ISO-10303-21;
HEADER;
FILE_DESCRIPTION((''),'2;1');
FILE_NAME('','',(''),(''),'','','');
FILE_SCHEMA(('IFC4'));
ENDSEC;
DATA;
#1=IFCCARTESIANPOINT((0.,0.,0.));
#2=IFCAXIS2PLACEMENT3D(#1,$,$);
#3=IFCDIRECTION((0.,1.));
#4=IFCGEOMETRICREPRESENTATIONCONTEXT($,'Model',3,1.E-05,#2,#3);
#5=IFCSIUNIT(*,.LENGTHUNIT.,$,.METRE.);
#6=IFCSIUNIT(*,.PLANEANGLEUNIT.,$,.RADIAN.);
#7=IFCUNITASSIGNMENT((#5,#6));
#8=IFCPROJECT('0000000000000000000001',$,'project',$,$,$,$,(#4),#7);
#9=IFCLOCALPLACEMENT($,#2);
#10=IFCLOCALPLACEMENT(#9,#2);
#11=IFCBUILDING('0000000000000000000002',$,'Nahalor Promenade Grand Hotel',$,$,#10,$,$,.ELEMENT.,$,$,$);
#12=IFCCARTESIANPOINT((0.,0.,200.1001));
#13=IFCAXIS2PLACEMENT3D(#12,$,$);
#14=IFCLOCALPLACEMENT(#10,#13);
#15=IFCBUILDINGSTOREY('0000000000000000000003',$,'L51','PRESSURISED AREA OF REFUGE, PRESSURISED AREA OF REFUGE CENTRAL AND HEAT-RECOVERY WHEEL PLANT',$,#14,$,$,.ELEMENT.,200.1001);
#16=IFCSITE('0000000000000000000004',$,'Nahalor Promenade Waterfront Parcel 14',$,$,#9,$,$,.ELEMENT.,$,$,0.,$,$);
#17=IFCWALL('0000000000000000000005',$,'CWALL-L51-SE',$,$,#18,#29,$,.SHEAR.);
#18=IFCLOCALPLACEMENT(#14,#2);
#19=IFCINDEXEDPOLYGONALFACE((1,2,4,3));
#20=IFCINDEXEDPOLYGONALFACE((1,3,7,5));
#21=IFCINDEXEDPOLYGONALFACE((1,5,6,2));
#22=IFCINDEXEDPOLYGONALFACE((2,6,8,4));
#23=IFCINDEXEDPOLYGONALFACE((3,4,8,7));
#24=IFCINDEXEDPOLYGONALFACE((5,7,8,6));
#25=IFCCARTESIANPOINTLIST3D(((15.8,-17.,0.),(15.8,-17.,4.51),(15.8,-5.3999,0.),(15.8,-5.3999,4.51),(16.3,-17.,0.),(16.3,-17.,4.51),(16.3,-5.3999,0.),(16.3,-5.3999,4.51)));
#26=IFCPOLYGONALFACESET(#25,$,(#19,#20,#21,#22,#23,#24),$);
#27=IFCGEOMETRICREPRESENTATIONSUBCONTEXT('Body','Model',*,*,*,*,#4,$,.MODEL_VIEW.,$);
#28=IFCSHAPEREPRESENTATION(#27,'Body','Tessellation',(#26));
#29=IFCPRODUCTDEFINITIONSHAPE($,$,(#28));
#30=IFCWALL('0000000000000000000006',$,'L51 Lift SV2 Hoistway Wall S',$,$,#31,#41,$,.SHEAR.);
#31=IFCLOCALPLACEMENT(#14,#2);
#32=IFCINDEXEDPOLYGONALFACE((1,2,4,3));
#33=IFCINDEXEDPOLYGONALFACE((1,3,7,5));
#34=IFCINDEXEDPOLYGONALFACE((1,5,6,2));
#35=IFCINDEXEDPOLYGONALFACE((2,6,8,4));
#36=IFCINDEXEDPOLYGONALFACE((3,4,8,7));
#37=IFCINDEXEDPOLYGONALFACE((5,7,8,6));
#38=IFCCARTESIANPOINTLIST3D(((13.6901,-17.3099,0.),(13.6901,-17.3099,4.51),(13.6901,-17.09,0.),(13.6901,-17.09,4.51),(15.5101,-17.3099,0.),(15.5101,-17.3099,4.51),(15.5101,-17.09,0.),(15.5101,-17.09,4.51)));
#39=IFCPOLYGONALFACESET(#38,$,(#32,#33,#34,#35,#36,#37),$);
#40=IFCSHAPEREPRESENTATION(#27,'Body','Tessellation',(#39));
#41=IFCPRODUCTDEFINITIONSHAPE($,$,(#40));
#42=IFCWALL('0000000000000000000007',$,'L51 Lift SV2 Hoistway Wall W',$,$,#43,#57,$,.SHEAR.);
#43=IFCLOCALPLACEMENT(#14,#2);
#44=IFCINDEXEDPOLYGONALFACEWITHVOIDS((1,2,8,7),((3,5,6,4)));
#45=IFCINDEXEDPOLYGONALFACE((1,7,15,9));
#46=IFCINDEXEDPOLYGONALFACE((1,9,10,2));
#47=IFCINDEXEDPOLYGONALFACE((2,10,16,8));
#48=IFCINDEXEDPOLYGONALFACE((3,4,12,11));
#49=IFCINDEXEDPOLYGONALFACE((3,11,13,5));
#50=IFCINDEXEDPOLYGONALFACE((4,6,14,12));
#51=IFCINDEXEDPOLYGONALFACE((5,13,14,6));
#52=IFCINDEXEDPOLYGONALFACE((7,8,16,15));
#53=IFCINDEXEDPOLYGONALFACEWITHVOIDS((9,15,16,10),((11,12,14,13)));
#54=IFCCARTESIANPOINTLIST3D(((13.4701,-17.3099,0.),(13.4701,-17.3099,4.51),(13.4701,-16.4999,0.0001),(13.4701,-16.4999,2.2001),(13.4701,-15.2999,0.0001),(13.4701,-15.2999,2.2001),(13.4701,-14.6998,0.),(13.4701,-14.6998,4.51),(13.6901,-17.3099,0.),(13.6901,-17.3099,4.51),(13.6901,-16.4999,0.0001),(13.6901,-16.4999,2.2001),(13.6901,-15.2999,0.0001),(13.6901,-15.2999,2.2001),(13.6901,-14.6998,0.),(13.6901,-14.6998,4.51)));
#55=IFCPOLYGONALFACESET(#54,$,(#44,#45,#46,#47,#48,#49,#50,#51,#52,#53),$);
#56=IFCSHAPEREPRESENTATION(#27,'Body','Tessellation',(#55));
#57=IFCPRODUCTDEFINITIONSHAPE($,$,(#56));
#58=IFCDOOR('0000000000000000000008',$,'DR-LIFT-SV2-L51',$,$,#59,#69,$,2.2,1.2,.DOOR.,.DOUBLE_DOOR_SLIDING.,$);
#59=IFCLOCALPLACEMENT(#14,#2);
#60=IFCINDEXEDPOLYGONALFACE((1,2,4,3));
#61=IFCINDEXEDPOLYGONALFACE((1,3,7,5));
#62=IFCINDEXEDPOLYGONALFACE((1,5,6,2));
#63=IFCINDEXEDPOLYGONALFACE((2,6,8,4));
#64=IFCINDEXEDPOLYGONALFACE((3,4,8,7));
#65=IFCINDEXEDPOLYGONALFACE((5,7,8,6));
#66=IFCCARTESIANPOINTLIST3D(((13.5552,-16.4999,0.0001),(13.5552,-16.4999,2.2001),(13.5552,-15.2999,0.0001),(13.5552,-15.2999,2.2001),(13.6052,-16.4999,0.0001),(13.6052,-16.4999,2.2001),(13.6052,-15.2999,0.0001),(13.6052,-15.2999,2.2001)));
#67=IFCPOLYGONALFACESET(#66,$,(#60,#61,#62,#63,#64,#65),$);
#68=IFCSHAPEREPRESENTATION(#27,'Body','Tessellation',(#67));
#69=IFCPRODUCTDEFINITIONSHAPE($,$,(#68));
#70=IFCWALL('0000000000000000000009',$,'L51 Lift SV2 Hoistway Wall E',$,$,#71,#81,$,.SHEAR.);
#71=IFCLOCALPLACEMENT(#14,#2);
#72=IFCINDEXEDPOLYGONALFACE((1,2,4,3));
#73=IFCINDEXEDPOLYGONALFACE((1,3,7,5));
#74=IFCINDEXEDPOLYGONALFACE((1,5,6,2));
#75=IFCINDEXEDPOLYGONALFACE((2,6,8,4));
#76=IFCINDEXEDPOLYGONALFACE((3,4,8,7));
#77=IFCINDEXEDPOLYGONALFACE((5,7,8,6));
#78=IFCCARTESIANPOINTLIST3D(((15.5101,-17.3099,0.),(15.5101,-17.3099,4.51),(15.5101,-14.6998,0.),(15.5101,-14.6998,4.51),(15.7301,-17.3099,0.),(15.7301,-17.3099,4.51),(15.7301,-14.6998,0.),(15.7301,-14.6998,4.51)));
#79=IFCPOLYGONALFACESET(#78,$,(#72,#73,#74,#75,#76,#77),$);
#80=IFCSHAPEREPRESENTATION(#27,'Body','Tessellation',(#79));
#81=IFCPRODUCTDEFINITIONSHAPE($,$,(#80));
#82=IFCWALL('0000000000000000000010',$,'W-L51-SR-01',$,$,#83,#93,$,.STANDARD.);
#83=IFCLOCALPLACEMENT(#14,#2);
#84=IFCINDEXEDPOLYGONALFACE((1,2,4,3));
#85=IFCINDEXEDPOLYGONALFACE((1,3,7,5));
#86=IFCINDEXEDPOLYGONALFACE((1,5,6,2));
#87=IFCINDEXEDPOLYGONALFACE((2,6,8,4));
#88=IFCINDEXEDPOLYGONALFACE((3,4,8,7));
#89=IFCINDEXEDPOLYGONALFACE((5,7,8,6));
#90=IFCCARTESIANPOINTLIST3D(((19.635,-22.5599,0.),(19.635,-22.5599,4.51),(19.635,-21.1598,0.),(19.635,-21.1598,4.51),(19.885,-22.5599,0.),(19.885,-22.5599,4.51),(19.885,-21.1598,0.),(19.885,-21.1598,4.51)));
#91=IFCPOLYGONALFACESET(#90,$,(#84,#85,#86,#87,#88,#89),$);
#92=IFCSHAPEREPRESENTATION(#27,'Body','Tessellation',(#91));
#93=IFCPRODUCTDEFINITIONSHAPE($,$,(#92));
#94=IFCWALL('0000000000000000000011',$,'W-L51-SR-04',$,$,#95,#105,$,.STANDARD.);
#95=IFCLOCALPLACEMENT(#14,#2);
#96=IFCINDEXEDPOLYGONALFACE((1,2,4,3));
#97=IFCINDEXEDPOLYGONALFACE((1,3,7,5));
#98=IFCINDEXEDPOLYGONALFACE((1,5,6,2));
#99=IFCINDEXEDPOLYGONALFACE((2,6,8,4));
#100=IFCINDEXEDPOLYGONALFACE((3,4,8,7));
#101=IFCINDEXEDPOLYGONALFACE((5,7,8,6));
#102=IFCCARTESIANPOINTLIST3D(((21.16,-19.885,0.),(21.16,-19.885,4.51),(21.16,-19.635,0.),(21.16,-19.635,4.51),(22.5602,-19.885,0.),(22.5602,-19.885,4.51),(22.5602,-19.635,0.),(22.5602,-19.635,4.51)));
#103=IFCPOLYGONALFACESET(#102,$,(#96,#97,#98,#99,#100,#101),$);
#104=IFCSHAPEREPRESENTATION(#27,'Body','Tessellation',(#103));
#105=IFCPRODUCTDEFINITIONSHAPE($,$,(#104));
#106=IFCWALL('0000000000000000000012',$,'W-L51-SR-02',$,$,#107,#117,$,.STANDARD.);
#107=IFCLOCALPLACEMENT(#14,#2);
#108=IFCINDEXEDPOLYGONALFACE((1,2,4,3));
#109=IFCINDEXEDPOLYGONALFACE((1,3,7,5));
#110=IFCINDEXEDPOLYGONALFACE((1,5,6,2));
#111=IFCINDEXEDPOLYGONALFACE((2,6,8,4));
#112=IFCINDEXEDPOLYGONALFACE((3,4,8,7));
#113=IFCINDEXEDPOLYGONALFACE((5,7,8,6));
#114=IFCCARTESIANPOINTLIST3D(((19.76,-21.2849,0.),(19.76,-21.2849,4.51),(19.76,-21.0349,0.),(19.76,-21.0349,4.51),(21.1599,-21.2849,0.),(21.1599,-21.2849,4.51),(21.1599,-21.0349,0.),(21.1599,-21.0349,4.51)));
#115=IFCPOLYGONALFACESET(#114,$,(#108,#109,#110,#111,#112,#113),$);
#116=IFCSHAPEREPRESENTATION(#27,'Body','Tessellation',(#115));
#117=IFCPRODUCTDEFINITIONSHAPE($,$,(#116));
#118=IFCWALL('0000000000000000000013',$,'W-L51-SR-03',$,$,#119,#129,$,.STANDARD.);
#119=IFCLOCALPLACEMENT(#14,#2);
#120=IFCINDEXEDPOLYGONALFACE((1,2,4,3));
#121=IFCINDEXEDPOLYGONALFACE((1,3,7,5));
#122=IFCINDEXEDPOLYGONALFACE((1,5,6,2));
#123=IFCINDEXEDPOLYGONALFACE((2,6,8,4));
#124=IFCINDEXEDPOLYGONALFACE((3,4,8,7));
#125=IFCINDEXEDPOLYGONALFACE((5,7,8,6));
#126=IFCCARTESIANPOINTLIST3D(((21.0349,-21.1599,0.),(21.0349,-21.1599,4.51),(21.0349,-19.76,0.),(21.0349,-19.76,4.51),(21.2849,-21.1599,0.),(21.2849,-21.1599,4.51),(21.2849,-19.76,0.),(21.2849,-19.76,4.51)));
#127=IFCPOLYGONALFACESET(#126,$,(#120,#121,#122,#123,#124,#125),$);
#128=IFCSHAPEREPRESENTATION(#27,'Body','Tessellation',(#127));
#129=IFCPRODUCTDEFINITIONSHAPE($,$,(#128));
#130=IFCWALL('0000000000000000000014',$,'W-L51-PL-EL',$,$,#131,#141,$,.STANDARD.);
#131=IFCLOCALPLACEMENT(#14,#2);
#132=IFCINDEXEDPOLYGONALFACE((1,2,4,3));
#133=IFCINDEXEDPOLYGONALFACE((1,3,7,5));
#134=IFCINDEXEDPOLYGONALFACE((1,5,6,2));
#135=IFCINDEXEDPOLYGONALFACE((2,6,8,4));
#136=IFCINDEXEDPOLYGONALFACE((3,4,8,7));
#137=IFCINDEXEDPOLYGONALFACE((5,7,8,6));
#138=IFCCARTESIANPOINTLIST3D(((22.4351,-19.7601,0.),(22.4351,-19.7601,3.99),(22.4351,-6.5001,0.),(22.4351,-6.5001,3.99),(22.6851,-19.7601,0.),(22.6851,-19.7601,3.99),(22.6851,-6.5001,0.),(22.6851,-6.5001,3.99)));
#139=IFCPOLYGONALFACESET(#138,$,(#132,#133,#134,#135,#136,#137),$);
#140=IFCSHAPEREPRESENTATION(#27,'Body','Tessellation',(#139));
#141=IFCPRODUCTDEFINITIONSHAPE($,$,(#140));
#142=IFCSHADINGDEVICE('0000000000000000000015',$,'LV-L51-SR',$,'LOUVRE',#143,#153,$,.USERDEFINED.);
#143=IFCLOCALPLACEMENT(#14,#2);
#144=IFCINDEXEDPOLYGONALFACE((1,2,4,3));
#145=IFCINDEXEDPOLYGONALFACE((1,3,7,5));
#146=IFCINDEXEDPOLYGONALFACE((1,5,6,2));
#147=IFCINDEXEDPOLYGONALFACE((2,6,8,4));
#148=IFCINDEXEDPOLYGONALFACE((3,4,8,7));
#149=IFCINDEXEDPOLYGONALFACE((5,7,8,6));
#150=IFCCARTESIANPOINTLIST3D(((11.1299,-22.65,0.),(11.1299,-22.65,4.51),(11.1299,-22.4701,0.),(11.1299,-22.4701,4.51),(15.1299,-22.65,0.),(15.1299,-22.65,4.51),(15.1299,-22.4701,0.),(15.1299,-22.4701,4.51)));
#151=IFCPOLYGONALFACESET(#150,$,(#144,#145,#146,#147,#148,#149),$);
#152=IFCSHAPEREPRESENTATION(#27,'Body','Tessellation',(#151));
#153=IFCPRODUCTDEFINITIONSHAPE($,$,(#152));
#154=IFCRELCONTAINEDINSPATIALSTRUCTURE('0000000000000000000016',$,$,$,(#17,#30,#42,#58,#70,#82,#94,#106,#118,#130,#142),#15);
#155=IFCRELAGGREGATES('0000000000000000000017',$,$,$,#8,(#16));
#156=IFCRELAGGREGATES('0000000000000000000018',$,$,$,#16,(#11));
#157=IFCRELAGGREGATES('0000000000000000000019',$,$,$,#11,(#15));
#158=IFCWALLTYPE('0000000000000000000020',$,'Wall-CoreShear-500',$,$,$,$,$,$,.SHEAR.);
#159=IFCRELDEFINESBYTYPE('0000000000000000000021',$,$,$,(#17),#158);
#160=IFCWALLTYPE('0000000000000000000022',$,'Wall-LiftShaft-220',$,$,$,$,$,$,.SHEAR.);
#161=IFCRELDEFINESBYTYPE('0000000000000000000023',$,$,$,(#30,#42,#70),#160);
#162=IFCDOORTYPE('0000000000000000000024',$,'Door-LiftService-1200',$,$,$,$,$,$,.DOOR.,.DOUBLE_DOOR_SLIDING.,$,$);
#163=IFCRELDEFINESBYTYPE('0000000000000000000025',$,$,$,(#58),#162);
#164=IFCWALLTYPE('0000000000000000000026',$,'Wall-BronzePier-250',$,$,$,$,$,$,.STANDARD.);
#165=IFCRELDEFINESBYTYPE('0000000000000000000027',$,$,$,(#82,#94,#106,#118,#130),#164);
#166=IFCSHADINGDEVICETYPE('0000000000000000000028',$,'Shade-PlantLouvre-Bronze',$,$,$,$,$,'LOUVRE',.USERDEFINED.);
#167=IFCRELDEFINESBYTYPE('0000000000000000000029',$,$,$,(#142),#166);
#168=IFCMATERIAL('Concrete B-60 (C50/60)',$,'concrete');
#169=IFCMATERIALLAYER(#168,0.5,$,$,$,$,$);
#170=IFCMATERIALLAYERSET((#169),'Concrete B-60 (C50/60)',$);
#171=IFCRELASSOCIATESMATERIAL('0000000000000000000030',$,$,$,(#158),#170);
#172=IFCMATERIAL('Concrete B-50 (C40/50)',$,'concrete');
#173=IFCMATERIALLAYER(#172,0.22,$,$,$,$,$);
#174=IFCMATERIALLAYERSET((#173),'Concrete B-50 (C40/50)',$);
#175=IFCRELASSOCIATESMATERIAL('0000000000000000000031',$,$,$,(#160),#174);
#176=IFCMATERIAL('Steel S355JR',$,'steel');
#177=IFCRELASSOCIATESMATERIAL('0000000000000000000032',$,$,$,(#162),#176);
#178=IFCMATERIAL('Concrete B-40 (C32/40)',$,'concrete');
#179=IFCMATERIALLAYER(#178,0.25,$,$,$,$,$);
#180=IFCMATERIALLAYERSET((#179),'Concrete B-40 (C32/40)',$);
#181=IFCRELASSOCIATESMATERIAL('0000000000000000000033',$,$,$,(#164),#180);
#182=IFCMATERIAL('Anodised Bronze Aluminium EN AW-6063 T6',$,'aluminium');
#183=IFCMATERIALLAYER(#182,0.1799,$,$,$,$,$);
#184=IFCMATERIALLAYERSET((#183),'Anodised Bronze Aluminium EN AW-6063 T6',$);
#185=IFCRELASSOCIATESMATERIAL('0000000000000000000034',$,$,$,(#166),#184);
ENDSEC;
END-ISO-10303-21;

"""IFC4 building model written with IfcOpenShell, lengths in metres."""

from ifc_helpers import new_model, si_unit, direction, frame, frame_2d, origin, origin_2d, place, context, subcontext, project, spatial, rectangle, extrude, source, transform, mapped, material, layer, layer_set, type_object, element, fill, save


model = new_model("IFC4")

# Units and contexts
model_context = context("Model", 3, precision=1e-05, world=origin(), true_north=direction((0.0, 1.0)))
body_context = subcontext(model_context, "Body", "Model", "MODEL_VIEW")
ifc_project = project(units=[si_unit("LENGTHUNIT", "METRE"), si_unit("PLANEANGLEUNIT", "RADIAN")], contexts=[model_context])

# Site, building, storey
site_placement = place(None, origin())
site = spatial("IfcSite", under=ifc_project, at=site_placement, Name="Nahalor Promenade Waterfront Parcel 14", CompositionType="ELEMENT", RefElevation=0.0)
building_placement = place(site_placement, origin())
building = spatial("IfcBuilding", under=site, at=building_placement, Name="Nahalor Promenade Grand Hotel", CompositionType="ELEMENT")
storey_placement = place(building_placement, frame((0.0, 0.0, 200.1001)))
storey = spatial("IfcBuildingStorey", under=building, at=storey_placement, Name="L51", Description="PRESSURISED AREA OF REFUGE, PRESSURISED AREA OF REFUGE CENTRAL AND HEAT-RECOVERY WHEEL PLANT", CompositionType="ELEMENT", Elevation=200.1001)

# Shared definitions
ifc_material_1 = material(Name="Concrete B-60 (C50/60)", Category="concrete")

# Shared definitions
ifc_material_2 = material(Name="Steel S355JR", Category="steel")

# Walls
ifc_layer_1 = layer(ifc_material_1, 0.5)
ifc_layer_set_1 = layer_set([ifc_layer_1], Name="Concrete B-60 (C50/60)")
wall_type_1 = type_object("IfcWallType", Name="Wall-CoreShear-500", PredefinedType="SHEAR", material=ifc_layer_set_1)
shared_shape_1 = source(origin(), body_context, "Body", "SweptSolid", [
    extrude(rectangle(XDim=11.6001, YDim=0.5, at=frame_2d((5.8, 0.0))), origin(), (0.0, 0.0, 1.0), 4.51),
])
wall_1_placement = place(storey_placement, frame((16.05, -17.0, 0.0), z_axis=(0.0, 0.0, 1.0), x_axis=(0.0, 1.0, 0.0)))
element("IfcWall", 1, at=wall_1_placement, inside=storey, type_object=wall_type_1, Name="CWALL-L51-SE", PredefinedType="SHEAR", context=body_context, shape_type="MappedRepresentation", body=[
    mapped(shared_shape_1, transform((0.0, 0.0, 0.0), scale=1.0)),
])
ifc_material_3 = material(Name="Concrete B-50 (C40/50)", Category="concrete")
ifc_layer_2 = layer(ifc_material_3, 0.22)
ifc_layer_set_2 = layer_set([ifc_layer_2], Name="Concrete B-50 (C40/50)")
wall_type_2 = type_object("IfcWallType", Name="Wall-LiftShaft-220", PredefinedType="SHEAR", material=ifc_layer_set_2)
shared_shape_2 = source(origin(), body_context, "Body", "SweptSolid", [
    extrude(rectangle(XDim=1.8201, YDim=0.22, at=frame_2d((0.9102, 0.0))), origin(), (0.0, 0.0, 1.0), 4.51),
])
wall_2_placement = place(storey_placement, frame((13.6899, -17.2, 0.0), z_axis=(0.0, 0.0, 1.0), x_axis=(1.0, 0.0, 0.0)))
element("IfcWall", 2, at=wall_2_placement, inside=storey, type_object=wall_type_2, Name="L51 Lift SV2 Hoistway Wall S", PredefinedType="SHEAR", context=body_context, shape_type="MappedRepresentation", body=[
    mapped(shared_shape_2, transform((0.0, 0.0, 0.0), scale=1.0)),
])

# Wall, opening, door
shared_shape_3 = source(origin(), body_context, "Body", "SweptSolid", [
    extrude(rectangle(XDim=2.6101, YDim=0.22, at=frame_2d((1.3052, 0.0))), origin(), (0.0, 0.0, 1.0), 4.51),
])
wall_3_placement = place(storey_placement, frame((13.5801, -17.3101, 0.0), z_axis=(0.0, 0.0, 1.0), x_axis=(0.0, 1.0, 0.0)))
wall_3 = element("IfcWall", 3, at=wall_3_placement, inside=storey, type_object=wall_type_2, Name="L51 Lift SV2 Hoistway Wall W", PredefinedType="SHEAR", context=body_context, shape_type="MappedRepresentation", body=[
    mapped(shared_shape_3, transform((0.0, 0.0, 0.0), scale=1.0)),
])
opening_placement = place(wall_3_placement, frame((0.8101, 0.0, 0.0)))
opening = element("IfcOpeningElement", 4, at=opening_placement, cuts=wall_3, PredefinedType="OPENING", context=body_context, shape_type="SweptSolid", body=[
    extrude(rectangle(XDim=1.2, YDim=2.2, at=frame_2d((0.6001, 1.1001))), frame((0.0, 0.1199, 0.0), z_axis=(0.0, -1.0, 0.0), x_axis=(1.0, 0.0, 0.0)), (0.0, 0.0, 1.0), 0.24),
])
door_type = type_object("IfcDoorType", Name="Door-LiftService-1200", OperationType="DOUBLE_DOOR_SLIDING", PredefinedType="DOOR", material=ifc_material_2)
shared_shape_4 = source(origin(), body_context, "Body", "SweptSolid", [
    extrude(rectangle(XDim=1.2, YDim=2.2, at=frame_2d((0.6001, 1.1001))), frame((0.0, 0.0249, 0.0), z_axis=(0.0, -1.0, 0.0), x_axis=(1.0, 0.0, 0.0)), (0.0, 0.0, 1.0), 0.05),
])
door_placement = place(opening_placement, origin())
door = element("IfcDoor", 5, at=door_placement, inside=storey, type_object=door_type, Name="DR-LIFT-SV2-L51", OperationType="DOUBLE_DOOR_SLIDING", OverallHeight=2.2, OverallWidth=1.2, PredefinedType="DOOR", context=body_context, shape_type="MappedRepresentation", body=[
    mapped(shared_shape_4, transform((0.0, 0.0, 0.0), scale=1.0)),
])
fill(opening, door)

# Walls
wall_4_placement = place(storey_placement, frame((15.6201, -17.3101, 0.0), z_axis=(0.0, 0.0, 1.0), x_axis=(0.0, 1.0, 0.0)))
element("IfcWall", 6, at=wall_4_placement, inside=storey, type_object=wall_type_2, Name="L51 Lift SV2 Hoistway Wall E", PredefinedType="SHEAR", context=body_context, shape_type="MappedRepresentation", body=[
    mapped(shared_shape_3, transform((0.0, 0.0, 0.0), scale=1.0)),
])
ifc_material_4 = material(Name="Concrete B-40 (C32/40)", Category="concrete")
ifc_layer_3 = layer(ifc_material_4, 0.25)
ifc_layer_set_3 = layer_set([ifc_layer_3], Name="Concrete B-40 (C32/40)")
wall_type_3 = type_object("IfcWallType", Name="Wall-BronzePier-250", PredefinedType="STANDARD", material=ifc_layer_set_3)
shared_shape_5 = source(origin(), body_context, "Body", "SweptSolid", [
    extrude(rectangle(XDim=1.4001, YDim=0.25, at=frame_2d((0.7002, 0.0))), origin(), (0.0, 0.0, 1.0), 4.51),
])
for number, where, z_axis, x_axis, name in (
    (7, (19.76, -22.5601, 0.0), (0.0, 0.0, 1.0), (0.0, 1.0, 0.0), "W-L51-SR-01"),
    (8, (21.1599, -19.76, 0.0), (0.0, 0.0, 1.0), (1.0, 0.0, 0.0), "W-L51-SR-04"),
):
    element("IfcWall", number, at=place(storey_placement, frame(where, z_axis=z_axis, x_axis=x_axis)), inside=storey, type_object=wall_type_3, Name=name, PredefinedType="STANDARD", context=body_context, shape_type="MappedRepresentation", body=[
        mapped(shared_shape_5, transform((0.0, 0.0, 0.0), scale=1.0)),
    ])
shared_shape_6 = source(origin(), body_context, "Body", "SweptSolid", [
    extrude(rectangle(XDim=1.3999, YDim=0.25, at=frame_2d((0.7, 0.0))), origin(), (0.0, 0.0, 1.0), 4.51),
])
for number, where, z_axis, x_axis, name in (
    (9, (19.76, -21.1599, 0.0), (0.0, 0.0, 1.0), (1.0, 0.0, 0.0), "W-L51-SR-02"),
    (10, (21.1599, -21.1599, 0.0), (0.0, 0.0, 1.0), (0.0, 1.0, 0.0), "W-L51-SR-03"),
):
    element("IfcWall", number, at=place(storey_placement, frame(where, z_axis=z_axis, x_axis=x_axis)), inside=storey, type_object=wall_type_3, Name=name, PredefinedType="STANDARD", context=body_context, shape_type="MappedRepresentation", body=[
        mapped(shared_shape_6, transform((0.0, 0.0, 0.0), scale=1.0)),
    ])
shared_shape_7 = source(origin(), body_context, "Body", "SweptSolid", [
    extrude(rectangle(XDim=13.26, YDim=0.25, at=frame_2d((6.6299, 0.0))), origin(), (0.0, 0.0, 1.0), 3.99),
])
wall_5_placement = place(storey_placement, frame((22.5601, -19.76, 0.0), z_axis=(0.0, 0.0, 1.0), x_axis=(0.0, 1.0, 0.0)))
element("IfcWall", 11, at=wall_5_placement, inside=storey, type_object=wall_type_3, Name="W-L51-PL-EL", PredefinedType="STANDARD", context=body_context, shape_type="MappedRepresentation", body=[
    mapped(shared_shape_7, transform((0.0, 0.0, 0.0), scale=1.0)),
])

# Shading device
ifc_material_5 = material(Name="Anodised Bronze Aluminium EN AW-6063 T6", Category="aluminium")
ifc_layer_4 = layer(ifc_material_5, 0.1799)
ifc_layer_set_4 = layer_set([ifc_layer_4], Name="Anodised Bronze Aluminium EN AW-6063 T6")
shading_device_type = type_object("IfcShadingDeviceType", Name="Shade-PlantLouvre-Bronze", ElementType="LOUVRE", PredefinedType="USERDEFINED", material=ifc_layer_set_4)
shared_shape_8 = source(origin(), body_context, "Body", "SweptSolid", [
    extrude(rectangle(XDim=4.0, YDim=0.1799, at=origin_2d()), origin(), (0.0, 0.0, 1.0), 4.51),
])
shading_device_placement = place(storey_placement, frame((13.1299, -22.5601, 0.0), z_axis=(0.0, 0.0, 1.0), x_axis=(1.0, 0.0, 0.0)))
element("IfcShadingDevice", 12, at=shading_device_placement, inside=storey, type_object=shading_device_type, Name="LV-L51-SR", ObjectType="LOUVRE", PredefinedType="USERDEFINED", context=body_context, shape_type="MappedRepresentation", body=[
    mapped(shared_shape_8, transform((0.0, 0.0, 0.0), scale=1.0)),
])

save(model, "model.ifc")
